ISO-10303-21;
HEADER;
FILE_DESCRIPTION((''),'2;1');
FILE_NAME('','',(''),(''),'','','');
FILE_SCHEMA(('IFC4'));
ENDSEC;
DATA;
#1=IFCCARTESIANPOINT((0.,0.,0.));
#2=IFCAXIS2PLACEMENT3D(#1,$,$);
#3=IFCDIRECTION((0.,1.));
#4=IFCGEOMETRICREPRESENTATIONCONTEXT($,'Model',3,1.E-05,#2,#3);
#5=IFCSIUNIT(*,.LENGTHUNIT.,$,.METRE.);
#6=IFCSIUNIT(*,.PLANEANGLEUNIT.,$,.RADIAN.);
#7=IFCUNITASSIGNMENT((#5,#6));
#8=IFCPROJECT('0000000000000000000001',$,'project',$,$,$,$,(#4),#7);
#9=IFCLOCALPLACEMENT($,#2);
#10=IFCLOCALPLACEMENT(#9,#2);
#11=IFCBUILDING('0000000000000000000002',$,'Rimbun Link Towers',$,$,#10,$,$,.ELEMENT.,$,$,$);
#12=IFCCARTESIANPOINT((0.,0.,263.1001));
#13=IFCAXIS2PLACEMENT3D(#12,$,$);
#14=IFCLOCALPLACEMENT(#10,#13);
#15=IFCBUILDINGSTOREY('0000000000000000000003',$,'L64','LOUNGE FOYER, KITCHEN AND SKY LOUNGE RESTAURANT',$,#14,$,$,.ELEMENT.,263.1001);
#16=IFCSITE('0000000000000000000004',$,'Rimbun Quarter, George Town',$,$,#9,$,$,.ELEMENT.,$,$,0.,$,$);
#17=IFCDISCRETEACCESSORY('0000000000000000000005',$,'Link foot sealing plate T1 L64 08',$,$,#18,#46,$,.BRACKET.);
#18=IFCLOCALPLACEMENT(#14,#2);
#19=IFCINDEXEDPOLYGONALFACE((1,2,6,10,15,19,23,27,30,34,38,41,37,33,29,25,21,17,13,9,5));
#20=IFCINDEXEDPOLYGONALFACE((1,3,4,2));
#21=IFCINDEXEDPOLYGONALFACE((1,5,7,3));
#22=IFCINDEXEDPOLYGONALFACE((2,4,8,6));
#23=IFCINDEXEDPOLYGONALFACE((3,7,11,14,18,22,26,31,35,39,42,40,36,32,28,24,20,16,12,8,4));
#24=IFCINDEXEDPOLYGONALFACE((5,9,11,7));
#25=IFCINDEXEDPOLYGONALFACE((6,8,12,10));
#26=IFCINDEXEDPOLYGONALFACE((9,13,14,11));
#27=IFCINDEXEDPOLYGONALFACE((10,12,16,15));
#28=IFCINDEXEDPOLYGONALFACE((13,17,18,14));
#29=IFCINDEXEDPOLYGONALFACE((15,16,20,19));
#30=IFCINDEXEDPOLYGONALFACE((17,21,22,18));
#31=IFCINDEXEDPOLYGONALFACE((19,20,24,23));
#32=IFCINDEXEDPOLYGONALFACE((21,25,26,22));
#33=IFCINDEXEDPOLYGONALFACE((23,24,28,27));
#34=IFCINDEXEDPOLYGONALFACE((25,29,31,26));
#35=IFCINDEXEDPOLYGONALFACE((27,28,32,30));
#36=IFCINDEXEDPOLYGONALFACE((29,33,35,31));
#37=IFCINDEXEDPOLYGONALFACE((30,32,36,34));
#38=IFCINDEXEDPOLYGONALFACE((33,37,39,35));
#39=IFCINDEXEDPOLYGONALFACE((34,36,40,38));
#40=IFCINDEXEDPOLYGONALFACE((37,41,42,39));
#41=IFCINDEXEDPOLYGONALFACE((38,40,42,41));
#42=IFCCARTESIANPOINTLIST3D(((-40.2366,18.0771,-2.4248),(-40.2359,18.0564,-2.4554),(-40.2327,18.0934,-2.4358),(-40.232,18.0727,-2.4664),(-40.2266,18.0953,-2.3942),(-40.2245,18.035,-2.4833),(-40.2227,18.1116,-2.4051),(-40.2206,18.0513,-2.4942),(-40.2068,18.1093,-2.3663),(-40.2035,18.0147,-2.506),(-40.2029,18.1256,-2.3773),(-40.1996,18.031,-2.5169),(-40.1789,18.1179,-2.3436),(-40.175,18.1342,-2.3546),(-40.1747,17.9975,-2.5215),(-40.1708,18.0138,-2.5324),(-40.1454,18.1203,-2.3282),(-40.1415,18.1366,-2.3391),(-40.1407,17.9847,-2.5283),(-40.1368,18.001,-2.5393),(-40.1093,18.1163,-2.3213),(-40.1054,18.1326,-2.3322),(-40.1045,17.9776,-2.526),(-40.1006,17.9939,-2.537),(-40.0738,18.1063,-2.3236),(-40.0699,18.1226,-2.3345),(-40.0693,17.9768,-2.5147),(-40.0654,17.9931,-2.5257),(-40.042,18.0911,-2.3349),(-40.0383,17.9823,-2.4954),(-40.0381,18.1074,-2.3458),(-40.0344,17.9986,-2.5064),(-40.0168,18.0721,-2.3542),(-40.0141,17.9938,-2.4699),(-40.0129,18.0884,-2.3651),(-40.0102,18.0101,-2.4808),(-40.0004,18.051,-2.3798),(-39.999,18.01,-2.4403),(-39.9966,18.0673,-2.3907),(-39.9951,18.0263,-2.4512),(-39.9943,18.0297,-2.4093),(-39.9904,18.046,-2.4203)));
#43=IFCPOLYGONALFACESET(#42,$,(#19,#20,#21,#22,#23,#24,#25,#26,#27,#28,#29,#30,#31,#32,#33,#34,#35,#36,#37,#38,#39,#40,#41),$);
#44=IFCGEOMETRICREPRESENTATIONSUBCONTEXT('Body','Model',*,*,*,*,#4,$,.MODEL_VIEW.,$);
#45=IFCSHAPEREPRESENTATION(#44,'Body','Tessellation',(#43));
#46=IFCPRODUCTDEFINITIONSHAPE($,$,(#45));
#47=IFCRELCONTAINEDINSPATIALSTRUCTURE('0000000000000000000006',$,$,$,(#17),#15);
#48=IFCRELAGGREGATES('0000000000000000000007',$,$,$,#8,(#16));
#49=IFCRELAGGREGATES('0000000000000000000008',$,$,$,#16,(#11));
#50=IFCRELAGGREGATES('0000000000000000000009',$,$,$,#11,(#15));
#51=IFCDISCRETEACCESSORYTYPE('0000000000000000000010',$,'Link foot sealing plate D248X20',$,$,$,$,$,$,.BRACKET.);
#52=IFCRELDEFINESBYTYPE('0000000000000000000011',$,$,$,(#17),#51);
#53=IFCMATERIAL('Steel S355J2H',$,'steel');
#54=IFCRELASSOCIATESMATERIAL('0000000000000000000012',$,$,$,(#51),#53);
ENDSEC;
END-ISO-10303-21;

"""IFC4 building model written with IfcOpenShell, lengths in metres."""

from ifc_helpers import new_model, si_unit, direction, frame, origin, origin_2d, place, context, subcontext, project, spatial, circle, extrude, material, material_profile, profile_set, type_object, element, save


model = new_model("IFC4")

# Units and contexts
model_context = context("Model", 3, precision=1e-05, world=origin(), true_north=direction((0.0, 1.0)))
body_context = subcontext(model_context, "Body", "Model", "MODEL_VIEW")
ifc_project = project(units=[si_unit("LENGTHUNIT", "METRE"), si_unit("PLANEANGLEUNIT", "RADIAN")], contexts=[model_context])

# Site, building, storey
site_placement = place(None, origin())
site = spatial("IfcSite", under=ifc_project, at=site_placement, Name="Rimbun Quarter, George Town", CompositionType="ELEMENT", RefElevation=0.0)
building_placement = place(site_placement, origin())
building = spatial("IfcBuilding", under=site, at=building_placement, Name="Rimbun Link Towers", CompositionType="ELEMENT")
storey_placement = place(building_placement, frame((0.0, 0.0, 263.1001)))
storey = spatial("IfcBuildingStorey", under=building, at=storey_placement, Name="L64", Description="LOUNGE FOYER, KITCHEN AND SKY LOUNGE RESTAURANT", CompositionType="ELEMENT", Elevation=263.1001)

# Discrete accessory
ifc_material_1 = material(Name="Steel S355J2H", Category="steel")
ifc_material_profile_1 = material_profile(ifc_material_1, circle(Radius=0.124, at=origin_2d()), Name="PL D248")
ifc_profile_set_1 = profile_set([ifc_material_profile_1], Name="Steel S355J2H")
discrete_accessory_type = type_object("IfcDiscreteAccessoryType", Name="Link foot sealing plate D248X20", PredefinedType="BRACKET", material=ifc_profile_set_1)
for number, where, z_axis, x_axis, name in (
    (1, (-40.116, 18.0483, -2.4248), (0.194458, 0.814293, -0.546913), (-0.97265, 0.232275, 0.0), "Link foot sealing plate T1 L64 08"),
):
    element("IfcDiscreteAccessory", number, at=place(storey_placement, frame(where, z_axis=z_axis, x_axis=x_axis)), inside=storey, type_object=discrete_accessory_type, Name=name, PredefinedType="BRACKET", context=body_context, shape_type="SweptSolid", body=[
        extrude(circle(Radius=0.124, at=origin_2d()), origin(), (0.0, 0.0, 1.0), 0.02),
    ])

save(model, "model.ifc")
